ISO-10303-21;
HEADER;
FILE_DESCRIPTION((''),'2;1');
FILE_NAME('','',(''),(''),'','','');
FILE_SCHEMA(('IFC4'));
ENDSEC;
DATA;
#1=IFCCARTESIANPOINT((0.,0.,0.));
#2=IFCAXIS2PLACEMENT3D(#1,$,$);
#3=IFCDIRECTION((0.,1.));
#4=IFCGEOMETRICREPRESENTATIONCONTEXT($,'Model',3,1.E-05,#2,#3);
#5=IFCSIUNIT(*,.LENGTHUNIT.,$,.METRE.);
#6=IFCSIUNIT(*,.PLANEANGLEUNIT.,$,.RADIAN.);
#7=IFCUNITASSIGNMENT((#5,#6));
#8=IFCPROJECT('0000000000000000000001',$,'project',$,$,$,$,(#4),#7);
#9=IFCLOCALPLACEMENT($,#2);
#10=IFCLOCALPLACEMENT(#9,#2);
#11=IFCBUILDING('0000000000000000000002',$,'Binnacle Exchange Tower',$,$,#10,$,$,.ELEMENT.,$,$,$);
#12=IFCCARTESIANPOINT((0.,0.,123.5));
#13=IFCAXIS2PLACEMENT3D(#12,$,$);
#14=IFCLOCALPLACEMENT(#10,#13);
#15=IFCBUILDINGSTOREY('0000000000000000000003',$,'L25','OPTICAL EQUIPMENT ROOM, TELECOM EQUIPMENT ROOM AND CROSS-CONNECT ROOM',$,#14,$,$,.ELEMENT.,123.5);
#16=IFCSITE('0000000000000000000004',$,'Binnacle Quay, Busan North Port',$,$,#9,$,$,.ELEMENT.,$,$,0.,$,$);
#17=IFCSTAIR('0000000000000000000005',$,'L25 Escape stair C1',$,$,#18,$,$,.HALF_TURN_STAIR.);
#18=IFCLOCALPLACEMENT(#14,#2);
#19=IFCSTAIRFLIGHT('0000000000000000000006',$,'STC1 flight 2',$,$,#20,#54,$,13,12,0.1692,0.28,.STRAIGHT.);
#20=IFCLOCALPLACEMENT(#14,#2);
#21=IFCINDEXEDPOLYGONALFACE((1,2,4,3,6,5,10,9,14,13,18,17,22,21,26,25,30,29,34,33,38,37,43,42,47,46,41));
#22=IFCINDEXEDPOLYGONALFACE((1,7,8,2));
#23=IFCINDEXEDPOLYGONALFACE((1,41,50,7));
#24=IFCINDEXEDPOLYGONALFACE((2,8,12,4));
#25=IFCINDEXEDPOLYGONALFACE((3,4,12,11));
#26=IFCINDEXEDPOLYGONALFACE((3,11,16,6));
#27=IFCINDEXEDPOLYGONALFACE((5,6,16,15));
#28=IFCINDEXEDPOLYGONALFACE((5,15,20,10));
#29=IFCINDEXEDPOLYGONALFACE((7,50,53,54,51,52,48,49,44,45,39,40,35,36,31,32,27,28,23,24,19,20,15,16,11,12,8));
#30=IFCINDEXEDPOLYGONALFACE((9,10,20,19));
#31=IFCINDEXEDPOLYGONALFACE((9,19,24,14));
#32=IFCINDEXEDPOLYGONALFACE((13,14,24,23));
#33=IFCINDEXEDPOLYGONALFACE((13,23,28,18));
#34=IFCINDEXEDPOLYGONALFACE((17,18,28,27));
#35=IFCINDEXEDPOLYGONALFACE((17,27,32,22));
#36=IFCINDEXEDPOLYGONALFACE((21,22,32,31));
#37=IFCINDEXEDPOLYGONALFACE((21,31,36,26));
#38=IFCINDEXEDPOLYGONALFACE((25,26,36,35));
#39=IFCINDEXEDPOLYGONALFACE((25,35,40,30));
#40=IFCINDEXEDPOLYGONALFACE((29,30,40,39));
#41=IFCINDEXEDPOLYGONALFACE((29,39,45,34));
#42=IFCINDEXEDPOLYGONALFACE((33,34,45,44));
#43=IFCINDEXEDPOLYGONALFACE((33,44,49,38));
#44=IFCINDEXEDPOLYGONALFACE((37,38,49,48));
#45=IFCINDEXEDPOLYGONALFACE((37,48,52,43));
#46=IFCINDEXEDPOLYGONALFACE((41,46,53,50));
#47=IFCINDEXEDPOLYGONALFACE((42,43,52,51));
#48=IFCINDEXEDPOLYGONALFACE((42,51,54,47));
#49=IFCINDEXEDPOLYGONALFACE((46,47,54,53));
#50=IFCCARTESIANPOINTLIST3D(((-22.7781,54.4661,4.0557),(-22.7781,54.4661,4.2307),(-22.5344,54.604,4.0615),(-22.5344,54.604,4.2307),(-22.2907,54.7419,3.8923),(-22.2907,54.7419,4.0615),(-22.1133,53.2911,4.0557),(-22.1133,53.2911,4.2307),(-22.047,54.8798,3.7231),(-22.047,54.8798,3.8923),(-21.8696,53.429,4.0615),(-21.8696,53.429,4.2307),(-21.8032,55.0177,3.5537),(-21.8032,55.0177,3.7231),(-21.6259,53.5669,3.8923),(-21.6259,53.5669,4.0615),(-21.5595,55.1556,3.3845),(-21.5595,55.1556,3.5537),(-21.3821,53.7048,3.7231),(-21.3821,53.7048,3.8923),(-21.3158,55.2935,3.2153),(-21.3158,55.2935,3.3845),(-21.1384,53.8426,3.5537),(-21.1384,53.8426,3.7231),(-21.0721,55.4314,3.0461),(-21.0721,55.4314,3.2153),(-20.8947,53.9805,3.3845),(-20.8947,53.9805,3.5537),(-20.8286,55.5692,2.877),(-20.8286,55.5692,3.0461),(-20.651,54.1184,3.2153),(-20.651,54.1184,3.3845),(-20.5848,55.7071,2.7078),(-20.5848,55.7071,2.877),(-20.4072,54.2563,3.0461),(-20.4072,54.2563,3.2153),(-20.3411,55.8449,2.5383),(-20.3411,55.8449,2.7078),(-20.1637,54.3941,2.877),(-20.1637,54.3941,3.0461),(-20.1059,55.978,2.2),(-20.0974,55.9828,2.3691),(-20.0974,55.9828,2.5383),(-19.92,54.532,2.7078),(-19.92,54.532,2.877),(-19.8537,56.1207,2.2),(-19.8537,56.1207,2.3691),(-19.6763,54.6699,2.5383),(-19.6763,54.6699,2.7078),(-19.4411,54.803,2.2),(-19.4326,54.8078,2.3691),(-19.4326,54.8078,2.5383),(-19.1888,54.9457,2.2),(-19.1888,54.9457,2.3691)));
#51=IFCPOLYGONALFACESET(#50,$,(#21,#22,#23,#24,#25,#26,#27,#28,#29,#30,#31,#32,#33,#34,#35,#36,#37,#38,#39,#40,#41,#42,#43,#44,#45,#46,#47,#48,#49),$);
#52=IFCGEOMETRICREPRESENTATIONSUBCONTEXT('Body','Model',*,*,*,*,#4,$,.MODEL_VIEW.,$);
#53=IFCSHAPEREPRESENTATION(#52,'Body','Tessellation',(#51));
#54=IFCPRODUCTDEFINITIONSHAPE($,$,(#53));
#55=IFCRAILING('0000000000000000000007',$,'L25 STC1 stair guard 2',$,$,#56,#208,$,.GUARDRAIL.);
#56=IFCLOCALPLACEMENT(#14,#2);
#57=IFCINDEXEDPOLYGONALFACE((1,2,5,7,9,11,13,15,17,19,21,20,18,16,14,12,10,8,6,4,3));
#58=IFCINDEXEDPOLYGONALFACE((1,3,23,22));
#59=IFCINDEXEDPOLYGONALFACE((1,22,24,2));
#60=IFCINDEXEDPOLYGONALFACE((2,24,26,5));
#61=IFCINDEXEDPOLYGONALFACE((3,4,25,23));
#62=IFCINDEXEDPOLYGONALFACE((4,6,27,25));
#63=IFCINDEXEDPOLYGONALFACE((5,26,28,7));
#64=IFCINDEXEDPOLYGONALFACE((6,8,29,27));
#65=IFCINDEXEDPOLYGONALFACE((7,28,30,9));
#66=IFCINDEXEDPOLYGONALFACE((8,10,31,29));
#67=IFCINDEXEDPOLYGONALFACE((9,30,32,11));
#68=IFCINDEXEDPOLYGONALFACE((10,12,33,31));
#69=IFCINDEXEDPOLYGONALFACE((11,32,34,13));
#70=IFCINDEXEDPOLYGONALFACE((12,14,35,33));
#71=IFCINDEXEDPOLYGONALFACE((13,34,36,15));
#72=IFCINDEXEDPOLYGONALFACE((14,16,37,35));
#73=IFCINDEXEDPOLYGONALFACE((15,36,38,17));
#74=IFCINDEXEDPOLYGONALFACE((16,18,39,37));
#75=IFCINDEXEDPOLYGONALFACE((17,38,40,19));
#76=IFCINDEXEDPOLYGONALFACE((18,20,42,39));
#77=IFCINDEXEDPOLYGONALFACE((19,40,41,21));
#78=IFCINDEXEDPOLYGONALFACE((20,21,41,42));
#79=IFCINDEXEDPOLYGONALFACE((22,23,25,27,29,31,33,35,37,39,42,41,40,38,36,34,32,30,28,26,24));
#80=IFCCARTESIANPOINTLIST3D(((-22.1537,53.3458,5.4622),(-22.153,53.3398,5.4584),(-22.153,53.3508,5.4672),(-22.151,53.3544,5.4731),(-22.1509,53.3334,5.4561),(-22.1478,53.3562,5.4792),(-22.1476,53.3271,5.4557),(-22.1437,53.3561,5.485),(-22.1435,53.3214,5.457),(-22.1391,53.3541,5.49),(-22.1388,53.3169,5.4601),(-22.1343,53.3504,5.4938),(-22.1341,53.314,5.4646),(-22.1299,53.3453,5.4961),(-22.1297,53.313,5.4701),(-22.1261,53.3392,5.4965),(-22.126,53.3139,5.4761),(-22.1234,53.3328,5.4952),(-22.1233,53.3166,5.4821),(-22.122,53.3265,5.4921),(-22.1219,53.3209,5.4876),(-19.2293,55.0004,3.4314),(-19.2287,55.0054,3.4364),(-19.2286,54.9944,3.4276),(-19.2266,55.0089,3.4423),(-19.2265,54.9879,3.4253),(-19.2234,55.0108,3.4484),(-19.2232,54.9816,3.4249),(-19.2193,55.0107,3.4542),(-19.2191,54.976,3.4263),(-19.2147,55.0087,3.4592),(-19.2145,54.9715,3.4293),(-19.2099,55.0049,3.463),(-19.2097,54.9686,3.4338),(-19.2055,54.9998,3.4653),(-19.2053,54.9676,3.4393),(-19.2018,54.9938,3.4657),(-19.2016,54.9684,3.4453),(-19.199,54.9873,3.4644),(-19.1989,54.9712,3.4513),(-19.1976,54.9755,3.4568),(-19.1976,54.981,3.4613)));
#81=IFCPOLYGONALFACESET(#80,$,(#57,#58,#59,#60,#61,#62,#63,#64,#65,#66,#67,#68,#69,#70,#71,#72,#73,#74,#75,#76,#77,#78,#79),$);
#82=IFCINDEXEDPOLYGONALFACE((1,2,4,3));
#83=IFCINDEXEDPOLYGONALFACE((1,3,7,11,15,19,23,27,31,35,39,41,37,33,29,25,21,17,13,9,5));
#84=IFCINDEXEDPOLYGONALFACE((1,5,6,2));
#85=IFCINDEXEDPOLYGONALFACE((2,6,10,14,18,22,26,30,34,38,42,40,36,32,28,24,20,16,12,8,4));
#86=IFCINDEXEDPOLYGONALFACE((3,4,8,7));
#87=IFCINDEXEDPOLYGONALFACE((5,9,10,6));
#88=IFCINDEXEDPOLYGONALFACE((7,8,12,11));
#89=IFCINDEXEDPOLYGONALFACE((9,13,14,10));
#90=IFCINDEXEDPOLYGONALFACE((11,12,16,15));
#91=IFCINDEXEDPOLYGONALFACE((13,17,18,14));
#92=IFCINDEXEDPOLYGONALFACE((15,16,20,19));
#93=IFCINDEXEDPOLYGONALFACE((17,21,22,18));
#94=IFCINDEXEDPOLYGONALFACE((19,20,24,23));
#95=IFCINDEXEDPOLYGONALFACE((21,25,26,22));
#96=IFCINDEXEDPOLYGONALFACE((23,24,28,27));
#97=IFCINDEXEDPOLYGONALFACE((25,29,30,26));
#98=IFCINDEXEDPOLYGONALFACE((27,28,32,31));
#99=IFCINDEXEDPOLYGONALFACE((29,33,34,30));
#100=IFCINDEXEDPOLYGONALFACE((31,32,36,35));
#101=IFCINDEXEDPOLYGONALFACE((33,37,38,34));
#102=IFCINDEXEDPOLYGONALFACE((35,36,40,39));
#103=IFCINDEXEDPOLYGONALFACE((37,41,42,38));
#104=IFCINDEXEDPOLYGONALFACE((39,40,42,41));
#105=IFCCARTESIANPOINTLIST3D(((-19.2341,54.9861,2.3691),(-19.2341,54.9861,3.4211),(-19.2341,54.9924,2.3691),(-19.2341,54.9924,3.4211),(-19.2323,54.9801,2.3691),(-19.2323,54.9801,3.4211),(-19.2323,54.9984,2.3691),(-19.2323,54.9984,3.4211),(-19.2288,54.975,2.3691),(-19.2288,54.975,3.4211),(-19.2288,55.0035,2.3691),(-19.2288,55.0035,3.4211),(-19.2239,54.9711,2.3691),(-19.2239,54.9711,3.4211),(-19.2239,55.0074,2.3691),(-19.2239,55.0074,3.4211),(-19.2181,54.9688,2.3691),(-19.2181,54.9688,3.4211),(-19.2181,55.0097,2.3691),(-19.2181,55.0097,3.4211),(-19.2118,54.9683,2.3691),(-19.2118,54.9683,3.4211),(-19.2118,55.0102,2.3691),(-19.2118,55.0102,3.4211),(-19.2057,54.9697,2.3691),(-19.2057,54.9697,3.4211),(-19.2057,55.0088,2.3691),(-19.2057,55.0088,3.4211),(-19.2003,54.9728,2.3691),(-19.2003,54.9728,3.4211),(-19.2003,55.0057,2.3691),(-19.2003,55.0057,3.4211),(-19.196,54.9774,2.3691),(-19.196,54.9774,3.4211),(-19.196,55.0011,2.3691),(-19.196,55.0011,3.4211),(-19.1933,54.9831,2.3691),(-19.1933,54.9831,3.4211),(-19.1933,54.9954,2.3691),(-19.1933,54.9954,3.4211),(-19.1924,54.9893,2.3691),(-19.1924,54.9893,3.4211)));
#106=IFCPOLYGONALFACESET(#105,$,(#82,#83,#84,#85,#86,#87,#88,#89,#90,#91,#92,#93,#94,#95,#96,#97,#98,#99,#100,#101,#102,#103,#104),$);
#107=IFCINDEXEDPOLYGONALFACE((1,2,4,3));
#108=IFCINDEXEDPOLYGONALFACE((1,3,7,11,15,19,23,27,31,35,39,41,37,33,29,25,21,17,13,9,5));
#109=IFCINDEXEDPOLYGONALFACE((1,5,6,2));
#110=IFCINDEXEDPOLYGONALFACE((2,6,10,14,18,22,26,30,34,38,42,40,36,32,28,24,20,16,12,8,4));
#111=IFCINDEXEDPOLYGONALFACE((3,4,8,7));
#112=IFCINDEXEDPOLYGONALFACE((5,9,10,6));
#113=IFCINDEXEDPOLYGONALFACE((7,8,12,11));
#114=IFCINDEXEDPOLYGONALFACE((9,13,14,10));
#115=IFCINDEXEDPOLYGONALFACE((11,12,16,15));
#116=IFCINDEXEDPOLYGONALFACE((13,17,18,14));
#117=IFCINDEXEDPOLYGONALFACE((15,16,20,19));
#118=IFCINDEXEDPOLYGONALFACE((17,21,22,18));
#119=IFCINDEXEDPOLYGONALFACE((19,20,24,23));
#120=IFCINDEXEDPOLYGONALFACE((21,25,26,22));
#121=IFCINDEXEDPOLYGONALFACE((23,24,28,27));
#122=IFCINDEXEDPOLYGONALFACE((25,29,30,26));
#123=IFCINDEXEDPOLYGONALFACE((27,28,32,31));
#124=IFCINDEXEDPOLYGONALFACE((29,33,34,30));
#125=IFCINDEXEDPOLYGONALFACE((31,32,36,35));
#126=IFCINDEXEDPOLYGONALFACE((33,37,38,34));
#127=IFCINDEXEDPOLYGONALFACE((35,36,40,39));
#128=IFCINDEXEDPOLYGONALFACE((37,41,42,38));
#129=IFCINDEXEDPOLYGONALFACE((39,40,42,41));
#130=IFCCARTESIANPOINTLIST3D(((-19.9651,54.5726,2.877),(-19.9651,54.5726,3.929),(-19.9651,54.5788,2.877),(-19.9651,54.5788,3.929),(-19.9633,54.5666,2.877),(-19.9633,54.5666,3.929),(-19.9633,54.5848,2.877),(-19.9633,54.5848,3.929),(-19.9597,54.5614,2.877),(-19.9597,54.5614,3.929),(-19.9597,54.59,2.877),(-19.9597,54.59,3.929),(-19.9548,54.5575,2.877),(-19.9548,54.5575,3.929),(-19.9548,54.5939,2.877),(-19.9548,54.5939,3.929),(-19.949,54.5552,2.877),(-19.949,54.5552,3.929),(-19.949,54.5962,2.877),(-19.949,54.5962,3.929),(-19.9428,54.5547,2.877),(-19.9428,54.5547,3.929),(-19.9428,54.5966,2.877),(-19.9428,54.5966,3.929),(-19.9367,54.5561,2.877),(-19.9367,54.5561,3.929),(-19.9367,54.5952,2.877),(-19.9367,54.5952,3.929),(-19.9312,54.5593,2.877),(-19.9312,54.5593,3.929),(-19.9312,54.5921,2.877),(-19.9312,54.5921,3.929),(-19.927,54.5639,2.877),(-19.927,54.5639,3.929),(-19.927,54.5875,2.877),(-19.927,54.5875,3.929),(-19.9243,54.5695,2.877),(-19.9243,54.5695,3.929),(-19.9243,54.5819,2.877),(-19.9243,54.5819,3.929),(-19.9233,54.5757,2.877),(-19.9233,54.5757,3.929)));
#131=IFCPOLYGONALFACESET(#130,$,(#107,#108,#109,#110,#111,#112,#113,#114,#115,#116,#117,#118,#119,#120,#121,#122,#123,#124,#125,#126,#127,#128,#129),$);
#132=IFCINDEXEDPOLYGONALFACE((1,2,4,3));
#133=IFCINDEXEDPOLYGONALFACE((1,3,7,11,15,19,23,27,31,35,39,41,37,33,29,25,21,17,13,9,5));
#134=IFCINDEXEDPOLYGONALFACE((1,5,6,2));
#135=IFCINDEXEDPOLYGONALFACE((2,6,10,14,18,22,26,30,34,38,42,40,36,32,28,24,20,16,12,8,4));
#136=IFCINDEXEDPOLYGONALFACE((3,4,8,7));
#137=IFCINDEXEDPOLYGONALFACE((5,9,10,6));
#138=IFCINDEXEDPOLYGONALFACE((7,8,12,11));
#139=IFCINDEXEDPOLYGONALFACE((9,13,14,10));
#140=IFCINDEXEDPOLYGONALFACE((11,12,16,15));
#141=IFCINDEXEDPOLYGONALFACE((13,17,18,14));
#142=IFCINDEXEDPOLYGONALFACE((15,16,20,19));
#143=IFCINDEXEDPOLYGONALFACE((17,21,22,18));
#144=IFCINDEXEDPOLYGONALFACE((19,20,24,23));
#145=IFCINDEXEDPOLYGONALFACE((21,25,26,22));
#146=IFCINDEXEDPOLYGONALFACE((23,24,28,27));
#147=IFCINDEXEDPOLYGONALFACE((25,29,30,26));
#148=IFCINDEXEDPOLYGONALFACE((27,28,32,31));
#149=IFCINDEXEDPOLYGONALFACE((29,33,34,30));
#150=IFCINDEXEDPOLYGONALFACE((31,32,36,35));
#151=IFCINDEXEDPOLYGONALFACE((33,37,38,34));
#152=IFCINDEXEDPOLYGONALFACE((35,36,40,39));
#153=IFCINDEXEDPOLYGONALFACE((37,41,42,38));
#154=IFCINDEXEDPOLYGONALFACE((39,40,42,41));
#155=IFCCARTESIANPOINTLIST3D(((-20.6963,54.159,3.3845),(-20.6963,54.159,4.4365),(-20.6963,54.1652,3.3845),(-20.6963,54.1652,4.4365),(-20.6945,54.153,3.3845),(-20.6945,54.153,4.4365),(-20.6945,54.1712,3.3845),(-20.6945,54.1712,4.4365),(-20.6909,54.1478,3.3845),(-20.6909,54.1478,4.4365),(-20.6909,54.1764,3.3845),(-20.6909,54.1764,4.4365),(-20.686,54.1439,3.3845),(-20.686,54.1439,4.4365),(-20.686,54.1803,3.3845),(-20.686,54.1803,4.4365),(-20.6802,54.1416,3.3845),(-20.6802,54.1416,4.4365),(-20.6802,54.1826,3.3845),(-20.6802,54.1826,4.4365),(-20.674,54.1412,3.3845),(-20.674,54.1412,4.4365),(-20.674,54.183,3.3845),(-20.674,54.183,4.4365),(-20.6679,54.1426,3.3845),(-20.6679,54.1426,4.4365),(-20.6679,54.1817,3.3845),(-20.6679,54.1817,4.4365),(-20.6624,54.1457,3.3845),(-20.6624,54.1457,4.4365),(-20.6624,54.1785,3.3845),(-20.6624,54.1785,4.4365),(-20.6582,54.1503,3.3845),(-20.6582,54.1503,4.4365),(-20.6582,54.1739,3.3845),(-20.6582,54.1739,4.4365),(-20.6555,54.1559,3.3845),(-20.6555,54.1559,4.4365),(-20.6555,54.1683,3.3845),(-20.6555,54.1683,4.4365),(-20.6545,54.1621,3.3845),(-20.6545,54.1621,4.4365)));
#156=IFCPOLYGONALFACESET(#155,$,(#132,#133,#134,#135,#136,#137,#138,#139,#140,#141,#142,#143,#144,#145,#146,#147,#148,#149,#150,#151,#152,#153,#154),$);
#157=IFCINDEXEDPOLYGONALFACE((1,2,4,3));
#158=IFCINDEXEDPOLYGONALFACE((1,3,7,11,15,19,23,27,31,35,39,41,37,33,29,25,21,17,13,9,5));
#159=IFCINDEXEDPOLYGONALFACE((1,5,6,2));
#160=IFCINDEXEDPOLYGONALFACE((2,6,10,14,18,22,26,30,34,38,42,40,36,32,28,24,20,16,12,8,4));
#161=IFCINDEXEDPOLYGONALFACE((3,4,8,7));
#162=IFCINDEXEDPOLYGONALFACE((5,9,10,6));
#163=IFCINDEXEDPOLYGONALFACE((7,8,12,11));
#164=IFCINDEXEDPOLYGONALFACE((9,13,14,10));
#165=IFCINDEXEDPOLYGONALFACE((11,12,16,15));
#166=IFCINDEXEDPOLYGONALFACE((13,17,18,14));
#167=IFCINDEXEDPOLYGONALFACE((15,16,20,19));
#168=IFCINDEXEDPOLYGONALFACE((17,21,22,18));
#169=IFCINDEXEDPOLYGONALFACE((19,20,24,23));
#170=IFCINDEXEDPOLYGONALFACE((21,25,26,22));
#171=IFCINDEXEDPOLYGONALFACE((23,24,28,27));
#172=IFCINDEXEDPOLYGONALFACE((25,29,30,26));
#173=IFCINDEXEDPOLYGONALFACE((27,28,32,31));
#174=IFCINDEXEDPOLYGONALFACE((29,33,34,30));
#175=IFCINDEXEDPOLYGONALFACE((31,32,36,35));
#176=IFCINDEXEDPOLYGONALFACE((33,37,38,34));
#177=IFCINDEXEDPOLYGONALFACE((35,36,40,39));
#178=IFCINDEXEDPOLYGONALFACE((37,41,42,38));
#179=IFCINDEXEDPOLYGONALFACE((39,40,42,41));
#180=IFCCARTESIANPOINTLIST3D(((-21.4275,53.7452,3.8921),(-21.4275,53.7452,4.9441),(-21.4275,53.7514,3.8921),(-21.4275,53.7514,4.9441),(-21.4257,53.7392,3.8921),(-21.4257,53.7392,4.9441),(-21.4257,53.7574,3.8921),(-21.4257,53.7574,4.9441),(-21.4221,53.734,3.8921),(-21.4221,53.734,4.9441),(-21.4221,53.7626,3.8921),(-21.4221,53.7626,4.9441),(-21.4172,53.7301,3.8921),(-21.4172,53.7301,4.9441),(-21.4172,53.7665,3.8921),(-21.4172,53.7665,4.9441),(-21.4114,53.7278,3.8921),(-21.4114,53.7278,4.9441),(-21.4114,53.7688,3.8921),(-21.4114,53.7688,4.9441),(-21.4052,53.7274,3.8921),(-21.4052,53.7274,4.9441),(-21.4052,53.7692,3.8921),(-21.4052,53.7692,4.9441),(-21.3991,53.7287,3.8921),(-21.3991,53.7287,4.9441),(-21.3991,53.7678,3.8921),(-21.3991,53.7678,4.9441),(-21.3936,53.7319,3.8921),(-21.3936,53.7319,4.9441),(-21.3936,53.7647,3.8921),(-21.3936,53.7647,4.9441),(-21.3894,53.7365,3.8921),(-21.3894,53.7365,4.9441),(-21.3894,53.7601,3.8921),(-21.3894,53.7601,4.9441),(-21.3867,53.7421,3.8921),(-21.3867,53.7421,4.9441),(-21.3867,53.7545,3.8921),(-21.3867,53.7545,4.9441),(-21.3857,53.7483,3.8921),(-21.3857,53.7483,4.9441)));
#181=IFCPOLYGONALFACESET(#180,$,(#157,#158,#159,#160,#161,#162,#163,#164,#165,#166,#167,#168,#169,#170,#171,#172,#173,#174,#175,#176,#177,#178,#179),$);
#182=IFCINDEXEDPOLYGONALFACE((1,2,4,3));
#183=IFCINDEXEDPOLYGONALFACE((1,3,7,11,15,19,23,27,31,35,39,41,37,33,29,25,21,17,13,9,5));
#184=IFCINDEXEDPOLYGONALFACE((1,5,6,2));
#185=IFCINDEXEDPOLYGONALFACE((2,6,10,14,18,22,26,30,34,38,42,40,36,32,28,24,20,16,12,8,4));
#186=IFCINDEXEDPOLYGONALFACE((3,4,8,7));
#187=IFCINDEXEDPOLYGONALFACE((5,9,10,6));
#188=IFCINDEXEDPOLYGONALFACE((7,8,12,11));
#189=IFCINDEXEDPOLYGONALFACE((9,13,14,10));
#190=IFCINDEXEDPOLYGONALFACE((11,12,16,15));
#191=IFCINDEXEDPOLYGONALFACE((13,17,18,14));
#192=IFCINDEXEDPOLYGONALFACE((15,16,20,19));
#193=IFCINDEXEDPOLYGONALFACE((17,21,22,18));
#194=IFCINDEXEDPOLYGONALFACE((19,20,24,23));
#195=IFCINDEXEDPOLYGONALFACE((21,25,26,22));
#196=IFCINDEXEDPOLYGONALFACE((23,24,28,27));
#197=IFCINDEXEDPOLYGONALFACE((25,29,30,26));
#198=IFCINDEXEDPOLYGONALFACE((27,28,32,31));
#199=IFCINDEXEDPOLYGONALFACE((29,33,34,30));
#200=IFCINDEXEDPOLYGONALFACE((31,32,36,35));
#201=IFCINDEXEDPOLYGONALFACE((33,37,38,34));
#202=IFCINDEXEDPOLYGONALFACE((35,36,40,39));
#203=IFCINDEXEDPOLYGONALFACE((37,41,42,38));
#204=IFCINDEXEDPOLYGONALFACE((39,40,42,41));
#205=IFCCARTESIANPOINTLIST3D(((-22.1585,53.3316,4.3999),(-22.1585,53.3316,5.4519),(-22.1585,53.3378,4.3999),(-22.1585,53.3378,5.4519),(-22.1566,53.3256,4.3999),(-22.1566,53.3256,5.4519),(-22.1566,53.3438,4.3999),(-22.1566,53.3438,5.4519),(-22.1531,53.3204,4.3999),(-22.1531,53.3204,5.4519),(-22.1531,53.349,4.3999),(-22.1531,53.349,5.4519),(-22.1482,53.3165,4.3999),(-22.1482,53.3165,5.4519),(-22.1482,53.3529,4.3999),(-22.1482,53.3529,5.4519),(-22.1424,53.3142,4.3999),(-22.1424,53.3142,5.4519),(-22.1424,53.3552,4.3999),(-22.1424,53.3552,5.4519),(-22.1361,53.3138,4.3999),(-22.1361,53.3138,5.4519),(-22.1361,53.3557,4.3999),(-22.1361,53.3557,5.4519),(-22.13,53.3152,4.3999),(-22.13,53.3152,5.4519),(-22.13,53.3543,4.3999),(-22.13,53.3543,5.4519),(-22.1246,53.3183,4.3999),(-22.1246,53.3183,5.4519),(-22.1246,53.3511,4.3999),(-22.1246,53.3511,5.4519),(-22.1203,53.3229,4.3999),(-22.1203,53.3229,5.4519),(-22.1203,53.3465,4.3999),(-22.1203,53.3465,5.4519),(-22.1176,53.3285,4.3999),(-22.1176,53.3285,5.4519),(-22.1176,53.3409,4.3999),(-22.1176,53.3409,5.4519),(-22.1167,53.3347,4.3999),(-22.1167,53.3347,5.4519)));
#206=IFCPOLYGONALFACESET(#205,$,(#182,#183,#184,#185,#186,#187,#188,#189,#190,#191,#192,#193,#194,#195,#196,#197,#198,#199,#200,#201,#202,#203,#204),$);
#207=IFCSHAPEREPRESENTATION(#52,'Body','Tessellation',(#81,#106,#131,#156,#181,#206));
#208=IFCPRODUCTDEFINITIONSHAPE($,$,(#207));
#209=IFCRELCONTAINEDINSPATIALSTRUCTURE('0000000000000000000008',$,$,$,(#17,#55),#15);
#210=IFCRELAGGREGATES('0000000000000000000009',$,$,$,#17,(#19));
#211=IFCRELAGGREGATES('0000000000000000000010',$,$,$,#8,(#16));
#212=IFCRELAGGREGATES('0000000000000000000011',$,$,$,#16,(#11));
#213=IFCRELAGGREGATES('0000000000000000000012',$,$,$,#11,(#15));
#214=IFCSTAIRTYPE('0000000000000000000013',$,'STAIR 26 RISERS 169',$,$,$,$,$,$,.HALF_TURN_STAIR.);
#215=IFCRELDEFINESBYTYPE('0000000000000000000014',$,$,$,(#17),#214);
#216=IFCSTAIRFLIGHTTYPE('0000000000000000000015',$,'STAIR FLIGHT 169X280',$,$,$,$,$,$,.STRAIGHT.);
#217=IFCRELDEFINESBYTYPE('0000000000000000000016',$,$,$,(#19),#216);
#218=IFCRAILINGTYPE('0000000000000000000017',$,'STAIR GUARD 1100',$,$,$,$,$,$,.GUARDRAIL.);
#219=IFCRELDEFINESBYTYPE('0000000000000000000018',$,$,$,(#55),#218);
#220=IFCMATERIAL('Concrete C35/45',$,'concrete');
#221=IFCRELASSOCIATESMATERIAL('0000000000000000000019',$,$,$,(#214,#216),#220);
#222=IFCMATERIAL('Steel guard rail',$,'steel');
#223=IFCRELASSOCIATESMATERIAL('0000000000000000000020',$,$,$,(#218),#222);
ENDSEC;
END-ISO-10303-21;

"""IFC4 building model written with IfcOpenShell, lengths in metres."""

from ifc_helpers import new_model, si_unit, direction, frame, origin, origin_2d, place, context, subcontext, project, spatial, polyline, circle, outline, extrude, material, type_object, element, aggregate, save


model = new_model("IFC4")

# Units and contexts
model_context = context("Model", 3, precision=1e-05, world=origin(), true_north=direction((0.0, 1.0)))
body_context = subcontext(model_context, "Body", "Model", "MODEL_VIEW")
ifc_project = project(units=[si_unit("LENGTHUNIT", "METRE"), si_unit("PLANEANGLEUNIT", "RADIAN")], contexts=[model_context])

# Site, building, storey
site_placement = place(None, origin())
site = spatial("IfcSite", under=ifc_project, at=site_placement, Name="Binnacle Quay, Busan North Port", CompositionType="ELEMENT", RefElevation=0.0)
building_placement = place(site_placement, origin())
building = spatial("IfcBuilding", under=site, at=building_placement, Name="Binnacle Exchange Tower", CompositionType="ELEMENT")
storey_placement = place(building_placement, frame((0.0, 0.0, 123.5)))
storey = spatial("IfcBuildingStorey", under=building, at=storey_placement, Name="L25", Description="OPTICAL EQUIPMENT ROOM, TELECOM EQUIPMENT ROOM AND CROSS-CONNECT ROOM", CompositionType="ELEMENT", Elevation=123.5)

# Stair, stair flight
ifc_material_1 = material(Name="Concrete C35/45", Category="concrete")
stair_type = type_object("IfcStairType", Name="STAIR 26 RISERS 169", PredefinedType="HALF_TURN_STAIR", material=ifc_material_1)
stair_placement = place(storey_placement, origin())
stair = element("IfcStair", 1, at=stair_placement, inside=storey, type_object=stair_type, Name="L25 Escape stair C1", PredefinedType="HALF_TURN_STAIR")
stair_flight_type = type_object("IfcStairFlightType", Name="STAIR FLIGHT 169X280", PredefinedType="STRAIGHT", material=ifc_material_1)
stair_flight_placement = place(storey_placement, frame((-19.5212, 55.5332, 2.2), z_axis=(0.0, 0.0, 1.0), x_axis=(-0.870356, -0.492424, 0.0)))
stair_flight = element("IfcStairFlight", 2, at=stair_flight_placement, type_object=stair_flight_type, Name="STC1 flight 2", NumberOfRisers=13, NumberOfTreads=12, PredefinedType="STRAIGHT", RiserHeight=0.1692, TreadLength=0.28, context=body_context, shape_type="SweptSolid", body=[
    extrude(outline(polyline([(0.0, 0.0), (0.0, 0.1692), (0.28, 0.1692), (0.28, 0.3384), (0.5601, 0.3384), (0.5601, 0.5078), (0.8401, 0.5078), (0.8401, 0.677), (1.1201, 0.677), (1.1201, 0.8462), (1.3999, 0.8462), (1.3999, 1.0154), (1.6799, 1.0154), (1.6799, 1.1846), (1.96, 1.1846), (1.96, 1.3538), (2.24, 1.3538), (2.24, 1.5232), (2.52, 1.5232), (2.52, 1.6924), (2.8, 1.6924), (2.8, 1.8616), (3.0801, 1.8616), (3.0801, 2.0308), (3.3601, 2.0308), (3.3601, 2.2), (3.3601, 1.8557), (0.2898, 0.0), (0.0, 0.0)])), frame((0.0, 0.675, 0.0), z_axis=(0.0, -1.0, 0.0), x_axis=(1.0, 0.0, 0.0)), (0.0, 0.0, 1.0), 1.3501),
])
aggregate(stair, [stair_flight])

# Railing
ifc_material_2 = material(Name="Steel guard rail", Category="steel")
railing_type = type_object("IfcRailingType", Name="STAIR GUARD 1100", PredefinedType="GUARDRAIL", material=ifc_material_2)
railing_placement = place(storey_placement, frame((-19.2134, 54.9893, 2.3691)))
element("IfcRailing", 3, at=railing_placement, inside=storey, type_object=railing_type, Name="L25 STC1 stair guard 2", PredefinedType="GUARDRAIL", context=body_context, shape_type="SweptSolid", body=[
    extrude(circle(Radius=0.0239, at=origin_2d()), frame((0.0, 0.0, 1.0762), z_axis=(-0.744867, -0.421437, 0.517266), x_axis=(0.492433, -0.87035, 0.0)), (0.0, 0.0, 1.0), 3.926),
    extrude(circle(Radius=0.021, at=origin_2d()), origin(), (0.0, 0.0, 1.0), 1.052),
    extrude(circle(Radius=0.021, at=origin_2d()), frame((-0.731, -0.4136, 0.5078)), (0.0, 0.0, 1.0), 1.052),
    extrude(circle(Radius=0.021, at=origin_2d()), frame((-1.4622, -0.8271, 1.0154)), (0.0, 0.0, 1.0), 1.052),
    extrude(circle(Radius=0.021, at=origin_2d()), frame((-2.1934, -1.241, 1.5229)), (0.0, 0.0, 1.0), 1.052),
    extrude(circle(Radius=0.021, at=origin_2d()), frame((-2.9243, -1.6545, 2.0308)), (0.0, 0.0, 1.0), 1.052),
])

save(model, "model.ifc")
